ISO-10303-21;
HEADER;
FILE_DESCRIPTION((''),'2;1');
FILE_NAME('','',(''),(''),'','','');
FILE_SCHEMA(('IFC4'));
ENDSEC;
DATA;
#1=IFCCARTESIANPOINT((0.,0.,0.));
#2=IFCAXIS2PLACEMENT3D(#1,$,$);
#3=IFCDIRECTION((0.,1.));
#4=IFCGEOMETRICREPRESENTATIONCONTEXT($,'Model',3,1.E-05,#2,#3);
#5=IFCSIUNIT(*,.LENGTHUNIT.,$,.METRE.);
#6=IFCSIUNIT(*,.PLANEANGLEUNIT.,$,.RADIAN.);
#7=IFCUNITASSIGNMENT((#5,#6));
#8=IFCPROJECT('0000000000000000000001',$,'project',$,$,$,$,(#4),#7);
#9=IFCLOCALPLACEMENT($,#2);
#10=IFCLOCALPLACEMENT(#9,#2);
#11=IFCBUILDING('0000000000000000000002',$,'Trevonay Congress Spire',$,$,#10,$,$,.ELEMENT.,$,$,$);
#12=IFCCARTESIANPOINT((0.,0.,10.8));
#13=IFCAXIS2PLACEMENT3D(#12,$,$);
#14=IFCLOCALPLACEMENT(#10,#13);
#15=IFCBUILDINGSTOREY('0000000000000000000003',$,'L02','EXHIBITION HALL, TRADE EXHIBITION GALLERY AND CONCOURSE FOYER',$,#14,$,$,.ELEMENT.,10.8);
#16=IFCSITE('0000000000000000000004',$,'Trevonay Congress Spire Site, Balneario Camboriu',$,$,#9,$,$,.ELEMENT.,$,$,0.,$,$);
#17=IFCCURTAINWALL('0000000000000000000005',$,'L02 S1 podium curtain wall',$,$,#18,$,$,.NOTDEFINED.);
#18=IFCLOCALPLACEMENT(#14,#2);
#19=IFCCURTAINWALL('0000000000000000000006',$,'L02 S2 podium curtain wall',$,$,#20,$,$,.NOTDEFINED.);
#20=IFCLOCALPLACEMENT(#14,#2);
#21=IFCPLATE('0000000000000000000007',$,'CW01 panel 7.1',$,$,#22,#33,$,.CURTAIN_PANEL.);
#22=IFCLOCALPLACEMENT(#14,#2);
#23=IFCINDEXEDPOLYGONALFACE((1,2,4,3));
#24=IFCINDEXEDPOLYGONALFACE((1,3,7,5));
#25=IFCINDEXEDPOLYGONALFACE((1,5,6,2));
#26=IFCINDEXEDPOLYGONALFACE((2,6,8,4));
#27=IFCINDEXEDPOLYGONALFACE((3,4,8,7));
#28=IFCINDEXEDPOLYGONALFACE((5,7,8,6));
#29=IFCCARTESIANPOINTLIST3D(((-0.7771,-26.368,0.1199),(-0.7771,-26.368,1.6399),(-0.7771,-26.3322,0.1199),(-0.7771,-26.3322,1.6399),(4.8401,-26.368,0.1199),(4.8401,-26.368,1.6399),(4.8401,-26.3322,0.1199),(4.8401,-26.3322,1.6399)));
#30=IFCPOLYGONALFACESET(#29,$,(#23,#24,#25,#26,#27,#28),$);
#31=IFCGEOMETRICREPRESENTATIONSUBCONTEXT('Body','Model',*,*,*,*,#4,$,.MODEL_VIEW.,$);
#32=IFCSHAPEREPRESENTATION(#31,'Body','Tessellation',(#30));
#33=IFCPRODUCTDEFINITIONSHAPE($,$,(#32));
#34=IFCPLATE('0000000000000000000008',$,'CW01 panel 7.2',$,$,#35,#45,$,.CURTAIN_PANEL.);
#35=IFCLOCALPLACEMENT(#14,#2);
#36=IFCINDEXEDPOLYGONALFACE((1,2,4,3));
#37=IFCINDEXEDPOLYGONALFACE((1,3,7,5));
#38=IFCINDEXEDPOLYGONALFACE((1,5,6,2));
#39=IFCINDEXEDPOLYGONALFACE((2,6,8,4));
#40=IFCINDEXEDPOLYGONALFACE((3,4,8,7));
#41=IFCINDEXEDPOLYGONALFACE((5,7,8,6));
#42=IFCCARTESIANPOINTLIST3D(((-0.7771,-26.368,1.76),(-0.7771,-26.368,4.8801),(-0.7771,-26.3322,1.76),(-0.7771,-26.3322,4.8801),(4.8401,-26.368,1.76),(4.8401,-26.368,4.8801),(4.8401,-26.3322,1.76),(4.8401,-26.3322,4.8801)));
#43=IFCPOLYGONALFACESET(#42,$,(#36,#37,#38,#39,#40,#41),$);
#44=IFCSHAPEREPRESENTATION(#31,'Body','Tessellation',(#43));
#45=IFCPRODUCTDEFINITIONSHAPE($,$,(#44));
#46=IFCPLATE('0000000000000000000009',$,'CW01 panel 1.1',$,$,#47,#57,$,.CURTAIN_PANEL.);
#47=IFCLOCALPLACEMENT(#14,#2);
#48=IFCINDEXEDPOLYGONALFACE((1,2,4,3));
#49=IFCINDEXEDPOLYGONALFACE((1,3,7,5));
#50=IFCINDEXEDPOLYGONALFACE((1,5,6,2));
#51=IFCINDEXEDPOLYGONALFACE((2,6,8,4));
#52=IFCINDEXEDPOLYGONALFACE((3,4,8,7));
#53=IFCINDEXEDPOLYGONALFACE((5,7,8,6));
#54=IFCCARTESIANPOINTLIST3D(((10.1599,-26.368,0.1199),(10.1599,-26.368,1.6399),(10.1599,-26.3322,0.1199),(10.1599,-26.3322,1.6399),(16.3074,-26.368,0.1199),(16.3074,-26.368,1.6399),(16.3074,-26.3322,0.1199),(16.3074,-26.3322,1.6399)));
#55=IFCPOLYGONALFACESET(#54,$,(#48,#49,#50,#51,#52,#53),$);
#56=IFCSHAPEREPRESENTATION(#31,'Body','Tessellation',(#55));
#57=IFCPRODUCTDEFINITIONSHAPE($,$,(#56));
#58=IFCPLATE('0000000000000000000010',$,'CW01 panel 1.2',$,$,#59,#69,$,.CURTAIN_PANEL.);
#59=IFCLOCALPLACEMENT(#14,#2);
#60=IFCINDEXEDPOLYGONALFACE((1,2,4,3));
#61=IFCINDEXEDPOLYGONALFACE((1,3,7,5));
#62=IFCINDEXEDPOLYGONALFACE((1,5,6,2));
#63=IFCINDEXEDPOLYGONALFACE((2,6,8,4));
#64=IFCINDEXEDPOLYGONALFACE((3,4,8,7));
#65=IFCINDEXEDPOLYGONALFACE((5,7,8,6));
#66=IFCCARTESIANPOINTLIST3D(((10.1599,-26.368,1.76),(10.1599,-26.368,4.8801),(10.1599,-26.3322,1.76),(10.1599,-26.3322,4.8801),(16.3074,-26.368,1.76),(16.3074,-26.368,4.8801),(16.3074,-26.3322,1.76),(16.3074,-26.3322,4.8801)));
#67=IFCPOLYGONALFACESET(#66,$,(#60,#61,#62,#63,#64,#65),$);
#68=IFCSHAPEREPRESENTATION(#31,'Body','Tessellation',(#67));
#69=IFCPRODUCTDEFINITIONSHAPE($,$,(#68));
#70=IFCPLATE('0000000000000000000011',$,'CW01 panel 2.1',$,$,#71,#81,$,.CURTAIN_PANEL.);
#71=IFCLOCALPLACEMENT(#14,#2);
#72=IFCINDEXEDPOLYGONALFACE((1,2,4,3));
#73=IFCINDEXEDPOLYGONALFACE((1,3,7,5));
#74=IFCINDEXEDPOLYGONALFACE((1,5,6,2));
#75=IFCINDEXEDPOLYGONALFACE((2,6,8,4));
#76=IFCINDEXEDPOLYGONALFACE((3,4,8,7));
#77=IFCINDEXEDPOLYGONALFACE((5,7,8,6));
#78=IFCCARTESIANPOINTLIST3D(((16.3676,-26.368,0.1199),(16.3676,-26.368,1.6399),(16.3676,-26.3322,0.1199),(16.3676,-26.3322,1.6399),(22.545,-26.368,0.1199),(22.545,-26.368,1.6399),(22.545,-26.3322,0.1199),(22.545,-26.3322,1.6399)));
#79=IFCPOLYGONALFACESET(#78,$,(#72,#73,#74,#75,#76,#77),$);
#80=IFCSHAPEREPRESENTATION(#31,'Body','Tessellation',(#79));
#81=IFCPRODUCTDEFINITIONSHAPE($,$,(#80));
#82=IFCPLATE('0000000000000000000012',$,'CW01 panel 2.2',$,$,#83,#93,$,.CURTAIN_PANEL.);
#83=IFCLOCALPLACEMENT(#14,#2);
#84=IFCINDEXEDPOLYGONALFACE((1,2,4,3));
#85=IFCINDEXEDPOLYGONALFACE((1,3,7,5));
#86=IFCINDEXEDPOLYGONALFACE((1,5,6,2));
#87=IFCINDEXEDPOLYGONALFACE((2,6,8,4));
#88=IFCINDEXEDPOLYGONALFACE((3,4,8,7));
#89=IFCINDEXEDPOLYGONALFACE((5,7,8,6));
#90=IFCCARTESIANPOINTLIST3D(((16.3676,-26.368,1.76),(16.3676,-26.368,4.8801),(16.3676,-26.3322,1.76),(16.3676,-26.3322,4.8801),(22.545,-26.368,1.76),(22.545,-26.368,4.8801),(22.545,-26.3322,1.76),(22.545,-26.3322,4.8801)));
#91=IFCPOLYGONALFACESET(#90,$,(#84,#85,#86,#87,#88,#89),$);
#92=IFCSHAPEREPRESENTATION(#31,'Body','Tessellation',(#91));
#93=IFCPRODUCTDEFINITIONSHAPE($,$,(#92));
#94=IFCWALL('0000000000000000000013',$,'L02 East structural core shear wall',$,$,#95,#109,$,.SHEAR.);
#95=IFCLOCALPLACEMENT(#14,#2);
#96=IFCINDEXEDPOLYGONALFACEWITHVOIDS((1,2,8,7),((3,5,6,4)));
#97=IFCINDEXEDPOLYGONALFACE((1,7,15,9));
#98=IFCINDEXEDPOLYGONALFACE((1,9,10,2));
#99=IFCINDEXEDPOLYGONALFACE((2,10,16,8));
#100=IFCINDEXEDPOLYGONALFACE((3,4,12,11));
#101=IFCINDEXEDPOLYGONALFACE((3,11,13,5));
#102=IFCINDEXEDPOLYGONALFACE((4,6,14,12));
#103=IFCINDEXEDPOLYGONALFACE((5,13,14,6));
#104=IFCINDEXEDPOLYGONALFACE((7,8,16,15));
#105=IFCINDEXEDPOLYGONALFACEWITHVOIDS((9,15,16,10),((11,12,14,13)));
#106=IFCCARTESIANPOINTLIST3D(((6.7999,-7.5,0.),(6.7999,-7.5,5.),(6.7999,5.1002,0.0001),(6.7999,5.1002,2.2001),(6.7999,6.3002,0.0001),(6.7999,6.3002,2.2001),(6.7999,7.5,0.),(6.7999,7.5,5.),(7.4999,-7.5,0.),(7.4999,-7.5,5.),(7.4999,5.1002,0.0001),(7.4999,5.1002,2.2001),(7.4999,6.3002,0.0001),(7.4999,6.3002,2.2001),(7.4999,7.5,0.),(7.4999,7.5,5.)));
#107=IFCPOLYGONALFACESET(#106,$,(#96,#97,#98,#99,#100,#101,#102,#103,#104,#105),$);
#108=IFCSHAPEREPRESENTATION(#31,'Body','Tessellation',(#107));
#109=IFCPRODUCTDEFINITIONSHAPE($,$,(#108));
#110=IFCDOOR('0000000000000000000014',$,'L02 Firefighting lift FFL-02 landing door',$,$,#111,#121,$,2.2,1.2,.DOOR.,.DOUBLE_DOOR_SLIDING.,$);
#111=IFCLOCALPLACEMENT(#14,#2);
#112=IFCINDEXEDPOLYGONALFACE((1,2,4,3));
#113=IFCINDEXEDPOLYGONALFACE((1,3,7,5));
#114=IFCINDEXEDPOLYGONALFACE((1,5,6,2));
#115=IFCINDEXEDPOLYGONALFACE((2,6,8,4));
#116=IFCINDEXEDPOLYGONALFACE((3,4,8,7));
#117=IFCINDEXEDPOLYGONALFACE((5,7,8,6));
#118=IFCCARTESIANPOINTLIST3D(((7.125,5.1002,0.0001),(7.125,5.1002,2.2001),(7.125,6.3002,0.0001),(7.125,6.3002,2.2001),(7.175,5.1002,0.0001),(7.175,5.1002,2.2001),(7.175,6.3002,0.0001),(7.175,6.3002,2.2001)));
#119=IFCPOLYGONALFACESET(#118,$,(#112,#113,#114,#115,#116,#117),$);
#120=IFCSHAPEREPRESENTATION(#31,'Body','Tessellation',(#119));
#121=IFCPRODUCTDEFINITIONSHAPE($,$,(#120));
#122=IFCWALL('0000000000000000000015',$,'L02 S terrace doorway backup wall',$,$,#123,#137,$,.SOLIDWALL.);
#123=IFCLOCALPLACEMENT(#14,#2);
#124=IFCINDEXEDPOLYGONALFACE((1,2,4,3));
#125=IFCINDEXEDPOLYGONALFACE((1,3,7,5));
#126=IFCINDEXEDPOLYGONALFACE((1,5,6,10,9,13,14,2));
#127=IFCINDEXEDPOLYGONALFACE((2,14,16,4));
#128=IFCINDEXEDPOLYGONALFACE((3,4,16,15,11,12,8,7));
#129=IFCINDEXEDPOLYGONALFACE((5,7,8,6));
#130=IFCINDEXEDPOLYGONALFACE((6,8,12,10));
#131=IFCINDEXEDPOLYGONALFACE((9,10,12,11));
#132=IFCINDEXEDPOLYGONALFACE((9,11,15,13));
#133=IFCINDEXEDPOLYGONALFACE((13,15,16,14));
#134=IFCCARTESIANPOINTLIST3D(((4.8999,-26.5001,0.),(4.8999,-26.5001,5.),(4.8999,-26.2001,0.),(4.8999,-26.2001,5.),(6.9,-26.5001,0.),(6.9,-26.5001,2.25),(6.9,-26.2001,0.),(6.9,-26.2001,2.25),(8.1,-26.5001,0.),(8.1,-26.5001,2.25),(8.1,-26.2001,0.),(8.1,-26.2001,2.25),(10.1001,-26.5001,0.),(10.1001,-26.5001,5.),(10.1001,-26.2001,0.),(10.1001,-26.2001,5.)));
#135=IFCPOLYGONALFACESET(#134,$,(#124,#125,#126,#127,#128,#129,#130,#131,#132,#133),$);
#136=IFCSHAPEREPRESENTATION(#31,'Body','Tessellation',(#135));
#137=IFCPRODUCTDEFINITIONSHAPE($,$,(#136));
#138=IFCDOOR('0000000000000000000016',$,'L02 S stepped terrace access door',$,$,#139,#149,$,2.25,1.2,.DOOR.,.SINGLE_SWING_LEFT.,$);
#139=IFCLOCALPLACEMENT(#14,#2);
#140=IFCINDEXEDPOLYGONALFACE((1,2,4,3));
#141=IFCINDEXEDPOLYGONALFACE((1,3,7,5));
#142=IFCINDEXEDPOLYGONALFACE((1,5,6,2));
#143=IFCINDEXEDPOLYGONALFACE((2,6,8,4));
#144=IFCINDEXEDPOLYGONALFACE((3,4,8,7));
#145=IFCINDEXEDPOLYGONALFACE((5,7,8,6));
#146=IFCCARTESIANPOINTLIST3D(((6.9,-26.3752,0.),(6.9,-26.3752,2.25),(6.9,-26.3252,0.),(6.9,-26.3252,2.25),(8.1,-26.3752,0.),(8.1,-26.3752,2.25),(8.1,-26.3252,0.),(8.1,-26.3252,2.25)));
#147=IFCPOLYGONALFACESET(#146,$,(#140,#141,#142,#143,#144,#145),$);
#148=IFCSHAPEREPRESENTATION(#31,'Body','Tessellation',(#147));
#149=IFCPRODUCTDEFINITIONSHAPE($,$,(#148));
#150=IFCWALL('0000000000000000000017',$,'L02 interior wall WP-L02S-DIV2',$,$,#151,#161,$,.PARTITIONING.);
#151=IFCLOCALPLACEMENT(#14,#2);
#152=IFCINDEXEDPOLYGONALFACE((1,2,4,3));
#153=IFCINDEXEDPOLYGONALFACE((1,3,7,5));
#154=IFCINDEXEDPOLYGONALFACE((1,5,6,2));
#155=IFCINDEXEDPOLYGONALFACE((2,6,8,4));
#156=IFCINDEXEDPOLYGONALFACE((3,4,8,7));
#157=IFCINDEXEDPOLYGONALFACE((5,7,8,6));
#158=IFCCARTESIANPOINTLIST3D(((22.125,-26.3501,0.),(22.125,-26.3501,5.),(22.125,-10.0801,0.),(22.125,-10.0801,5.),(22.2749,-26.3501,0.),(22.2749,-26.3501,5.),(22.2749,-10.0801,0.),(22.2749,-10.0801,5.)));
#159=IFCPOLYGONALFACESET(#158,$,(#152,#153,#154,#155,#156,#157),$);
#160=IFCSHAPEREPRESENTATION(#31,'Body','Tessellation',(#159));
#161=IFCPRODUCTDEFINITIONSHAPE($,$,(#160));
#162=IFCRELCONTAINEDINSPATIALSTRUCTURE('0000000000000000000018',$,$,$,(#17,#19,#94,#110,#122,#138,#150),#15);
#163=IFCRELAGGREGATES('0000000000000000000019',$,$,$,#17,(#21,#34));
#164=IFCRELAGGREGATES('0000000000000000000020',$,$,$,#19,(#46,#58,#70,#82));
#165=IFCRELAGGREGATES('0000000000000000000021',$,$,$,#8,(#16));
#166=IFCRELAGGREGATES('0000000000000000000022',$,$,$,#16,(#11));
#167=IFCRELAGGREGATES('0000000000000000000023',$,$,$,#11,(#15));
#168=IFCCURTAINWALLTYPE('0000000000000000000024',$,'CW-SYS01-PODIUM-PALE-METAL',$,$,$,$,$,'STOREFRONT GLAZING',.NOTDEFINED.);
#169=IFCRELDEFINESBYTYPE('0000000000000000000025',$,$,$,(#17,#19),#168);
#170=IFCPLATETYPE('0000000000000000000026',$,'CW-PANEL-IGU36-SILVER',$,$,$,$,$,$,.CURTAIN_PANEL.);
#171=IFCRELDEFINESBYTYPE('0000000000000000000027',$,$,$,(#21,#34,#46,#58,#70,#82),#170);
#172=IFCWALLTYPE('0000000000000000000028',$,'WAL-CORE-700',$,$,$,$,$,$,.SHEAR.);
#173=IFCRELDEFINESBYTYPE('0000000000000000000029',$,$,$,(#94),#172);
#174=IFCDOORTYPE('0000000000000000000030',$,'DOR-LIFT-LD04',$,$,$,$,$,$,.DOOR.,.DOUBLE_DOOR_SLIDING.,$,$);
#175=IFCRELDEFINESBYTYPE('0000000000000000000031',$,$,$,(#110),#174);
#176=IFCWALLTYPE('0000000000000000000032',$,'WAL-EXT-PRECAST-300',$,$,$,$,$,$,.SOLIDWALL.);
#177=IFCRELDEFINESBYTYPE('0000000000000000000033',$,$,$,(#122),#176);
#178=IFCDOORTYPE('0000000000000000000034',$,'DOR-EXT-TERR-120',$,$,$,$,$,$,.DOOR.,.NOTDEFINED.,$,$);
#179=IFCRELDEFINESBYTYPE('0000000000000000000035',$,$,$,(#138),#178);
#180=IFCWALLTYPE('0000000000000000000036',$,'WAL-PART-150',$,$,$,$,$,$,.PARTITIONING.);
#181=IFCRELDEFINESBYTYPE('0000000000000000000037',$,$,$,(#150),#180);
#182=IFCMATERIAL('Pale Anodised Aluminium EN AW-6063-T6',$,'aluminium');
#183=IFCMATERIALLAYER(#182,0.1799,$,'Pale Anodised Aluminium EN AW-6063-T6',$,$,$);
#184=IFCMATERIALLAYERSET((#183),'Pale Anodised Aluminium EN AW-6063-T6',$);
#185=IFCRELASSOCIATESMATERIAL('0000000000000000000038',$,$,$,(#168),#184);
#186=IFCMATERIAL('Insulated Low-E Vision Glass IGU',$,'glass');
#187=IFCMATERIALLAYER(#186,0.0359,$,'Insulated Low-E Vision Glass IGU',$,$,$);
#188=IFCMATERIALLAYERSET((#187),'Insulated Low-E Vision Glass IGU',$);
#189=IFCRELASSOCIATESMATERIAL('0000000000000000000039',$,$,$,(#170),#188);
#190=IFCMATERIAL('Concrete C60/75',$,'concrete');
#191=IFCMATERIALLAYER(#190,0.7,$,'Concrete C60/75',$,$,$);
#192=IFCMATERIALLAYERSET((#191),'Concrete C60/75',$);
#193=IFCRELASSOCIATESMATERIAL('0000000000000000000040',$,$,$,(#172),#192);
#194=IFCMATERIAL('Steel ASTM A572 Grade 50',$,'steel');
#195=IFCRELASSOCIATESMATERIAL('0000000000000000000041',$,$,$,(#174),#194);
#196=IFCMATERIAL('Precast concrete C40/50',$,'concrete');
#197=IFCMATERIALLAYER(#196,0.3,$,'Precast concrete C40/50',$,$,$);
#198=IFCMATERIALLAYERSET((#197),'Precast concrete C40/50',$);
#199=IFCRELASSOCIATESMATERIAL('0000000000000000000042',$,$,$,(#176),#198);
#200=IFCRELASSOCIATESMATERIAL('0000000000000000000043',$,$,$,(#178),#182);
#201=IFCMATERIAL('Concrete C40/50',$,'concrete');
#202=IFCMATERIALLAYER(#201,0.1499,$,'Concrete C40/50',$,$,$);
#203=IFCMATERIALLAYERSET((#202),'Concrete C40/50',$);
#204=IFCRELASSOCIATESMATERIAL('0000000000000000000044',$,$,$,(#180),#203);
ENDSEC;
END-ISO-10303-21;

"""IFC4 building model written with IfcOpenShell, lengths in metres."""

from ifc_helpers import new_model, si_unit, direction, frame, frame_2d, origin, origin_2d, place, context, subcontext, project, spatial, rectangle, extrude, material, layer, layer_set, type_object, element, fill, aggregate, save


model = new_model("IFC4")

# Units and contexts
model_context = context("Model", 3, precision=1e-05, world=origin(), true_north=direction((0.0, 1.0)))
body_context = subcontext(model_context, "Body", "Model", "MODEL_VIEW")
ifc_project = project(units=[si_unit("LENGTHUNIT", "METRE"), si_unit("PLANEANGLEUNIT", "RADIAN")], contexts=[model_context])

# Site, building, storey
site_placement = place(None, origin())
site = spatial("IfcSite", under=ifc_project, at=site_placement, Name="Trevonay Congress Spire Site, Balneario Camboriu", CompositionType="ELEMENT", RefElevation=0.0)
building_placement = place(site_placement, origin())
building = spatial("IfcBuilding", under=site, at=building_placement, Name="Trevonay Congress Spire", CompositionType="ELEMENT")
storey_placement = place(building_placement, frame((0.0, 0.0, 10.8)))
storey = spatial("IfcBuildingStorey", under=building, at=storey_placement, Name="L02", Description="EXHIBITION HALL, TRADE EXHIBITION GALLERY AND CONCOURSE FOYER", CompositionType="ELEMENT", Elevation=10.8)

# Shared definitions
ifc_material_1 = material(Name="Steel ASTM A572 Grade 50", Category="steel")
ifc_material_2 = material(Name="Concrete C60/75", Category="concrete")

# Curtain wall
ifc_material_3 = material(Name="Pale Anodised Aluminium EN AW-6063-T6", Category="aluminium")
ifc_layer_1 = layer(ifc_material_3, 0.1799, Name="Pale Anodised Aluminium EN AW-6063-T6")
ifc_layer_set_1 = layer_set([ifc_layer_1], Name="Pale Anodised Aluminium EN AW-6063-T6")
curtain_wall_type = type_object("IfcCurtainWallType", Name="CW-SYS01-PODIUM-PALE-METAL", ElementType="STOREFRONT GLAZING", PredefinedType="NOTDEFINED", material=ifc_layer_set_1)
curtain_wall_1_placement = place(storey_placement, origin())
curtain_wall_1 = element("IfcCurtainWall", 1, at=curtain_wall_1_placement, inside=storey, type_object=curtain_wall_type, Name="L02 S1 podium curtain wall", PredefinedType="NOTDEFINED")

# Curtain wall
curtain_wall_2_placement = place(storey_placement, origin())
curtain_wall_2 = element("IfcCurtainWall", 2, at=curtain_wall_2_placement, inside=storey, type_object=curtain_wall_type, Name="L02 S2 podium curtain wall", PredefinedType="NOTDEFINED")

# Plates
ifc_material_4 = material(Name="Insulated Low-E Vision Glass IGU", Category="glass")
ifc_layer_2 = layer(ifc_material_4, 0.0359, Name="Insulated Low-E Vision Glass IGU")
ifc_layer_set_2 = layer_set([ifc_layer_2], Name="Insulated Low-E Vision Glass IGU")
plate_type = type_object("IfcPlateType", Name="CW-PANEL-IGU36-SILVER", PredefinedType="CURTAIN_PANEL", material=ifc_layer_set_2)
plate_1_placement = place(storey_placement, frame((2.0315, -26.3501, 0.1199), z_axis=(0.0, 0.0, 1.0), x_axis=(1.0, 0.0, 0.0)))
plate_1 = element("IfcPlate", 3, at=plate_1_placement, type_object=plate_type, Name="CW01 panel 7.1", PredefinedType="CURTAIN_PANEL", context=body_context, shape_type="SweptSolid", body=[
    extrude(rectangle(XDim=5.6172, YDim=0.0359, at=origin_2d()), origin(), (0.0, 0.0, 1.0), 1.52),
])
plate_2_placement = place(storey_placement, frame((2.0315, -26.3501, 1.76), z_axis=(0.0, 0.0, 1.0), x_axis=(1.0, 0.0, 0.0)))
plate_2 = element("IfcPlate", 4, at=plate_2_placement, type_object=plate_type, Name="CW01 panel 7.2", PredefinedType="CURTAIN_PANEL", context=body_context, shape_type="SweptSolid", body=[
    extrude(rectangle(XDim=5.6172, YDim=0.0359, at=origin_2d()), origin(), (0.0, 0.0, 1.0), 3.1201),
])
aggregate(curtain_wall_1, [plate_1, plate_2])
plate_3_placement = place(storey_placement, frame((13.2336, -26.3501, 0.1199), z_axis=(0.0, 0.0, 1.0), x_axis=(1.0, 0.0, 0.0)))
plate_3 = element("IfcPlate", 5, at=plate_3_placement, type_object=plate_type, Name="CW01 panel 1.1", PredefinedType="CURTAIN_PANEL", context=body_context, shape_type="SweptSolid", body=[
    extrude(rectangle(XDim=6.1475, YDim=0.0359, at=origin_2d()), origin(), (0.0, 0.0, 1.0), 1.52),
])
plate_4_placement = place(storey_placement, frame((13.2336, -26.3501, 1.76), z_axis=(0.0, 0.0, 1.0), x_axis=(1.0, 0.0, 0.0)))
plate_4 = element("IfcPlate", 6, at=plate_4_placement, type_object=plate_type, Name="CW01 panel 1.2", PredefinedType="CURTAIN_PANEL", context=body_context, shape_type="SweptSolid", body=[
    extrude(rectangle(XDim=6.1475, YDim=0.0359, at=origin_2d()), origin(), (0.0, 0.0, 1.0), 3.1201),
])
plate_5_placement = place(storey_placement, frame((19.4563, -26.3501, 0.1199), z_axis=(0.0, 0.0, 1.0), x_axis=(1.0, 0.0, 0.0)))
plate_5 = element("IfcPlate", 7, at=plate_5_placement, type_object=plate_type, Name="CW01 panel 2.1", PredefinedType="CURTAIN_PANEL", context=body_context, shape_type="SweptSolid", body=[
    extrude(rectangle(XDim=6.1775, YDim=0.0359, at=origin_2d()), origin(), (0.0, 0.0, 1.0), 1.52),
])
plate_6_placement = place(storey_placement, frame((19.4563, -26.3501, 1.76), z_axis=(0.0, 0.0, 1.0), x_axis=(1.0, 0.0, 0.0)))
plate_6 = element("IfcPlate", 8, at=plate_6_placement, type_object=plate_type, Name="CW01 panel 2.2", PredefinedType="CURTAIN_PANEL", context=body_context, shape_type="SweptSolid", body=[
    extrude(rectangle(XDim=6.1775, YDim=0.0359, at=origin_2d()), origin(), (0.0, 0.0, 1.0), 3.1201),
])
aggregate(curtain_wall_2, [plate_3, plate_4, plate_5, plate_6])

# Walls, openings, doors
ifc_layer_3 = layer(ifc_material_2, 0.7, Name="Concrete C60/75")
ifc_layer_set_3 = layer_set([ifc_layer_3], Name="Concrete C60/75")
wall_type_1 = type_object("IfcWallType", Name="WAL-CORE-700", PredefinedType="SHEAR", material=ifc_layer_set_3)
wall_1_placement = place(storey_placement, frame((7.1499, -7.5, 0.0), z_axis=(0.0, 0.0, 1.0), x_axis=(0.0, 1.0, 0.0)))
wall_1 = element("IfcWall", 9, at=wall_1_placement, inside=storey, type_object=wall_type_1, Name="L02 East structural core shear wall", PredefinedType="SHEAR", context=body_context, shape_type="SweptSolid", body=[
    extrude(rectangle(XDim=15.0, YDim=0.7, at=frame_2d((7.5, 0.0))), origin(), (0.0, 0.0, 1.0), 5.0),
])
opening_1_placement = place(wall_1_placement, frame((12.6001, 0.0, 0.0)))
opening_1 = element("IfcOpeningElement", 10, at=opening_1_placement, cuts=wall_1, PredefinedType="OPENING", context=body_context, shape_type="SweptSolid", body=[
    extrude(rectangle(XDim=1.2, YDim=2.2, at=frame_2d((0.6001, 1.1001))), frame((0.0, 0.3599, 0.0), z_axis=(0.0, -1.0, 0.0), x_axis=(1.0, 0.0, 0.0)), (0.0, 0.0, 1.0), 0.72),
])
door_type_1 = type_object("IfcDoorType", Name="DOR-LIFT-LD04", OperationType="DOUBLE_DOOR_SLIDING", PredefinedType="DOOR", material=ifc_material_1)
door_1_placement = place(opening_1_placement, origin())
door_1 = element("IfcDoor", 11, at=door_1_placement, inside=storey, type_object=door_type_1, Name="L02 Firefighting lift FFL-02 landing door", OperationType="DOUBLE_DOOR_SLIDING", OverallHeight=2.2, OverallWidth=1.2, PredefinedType="DOOR", context=body_context, shape_type="SweptSolid", body=[
    extrude(rectangle(XDim=1.2, YDim=2.2, at=frame_2d((0.6001, 1.1001))), frame((0.0, 0.0249, 0.0), z_axis=(0.0, -1.0, 0.0), x_axis=(1.0, 0.0, 0.0)), (0.0, 0.0, 1.0), 0.05),
])
fill(opening_1, door_1)
ifc_material_5 = material(Name="Precast concrete C40/50", Category="concrete")
ifc_layer_4 = layer(ifc_material_5, 0.3, Name="Precast concrete C40/50")
ifc_layer_set_4 = layer_set([ifc_layer_4], Name="Precast concrete C40/50")
wall_type_2 = type_object("IfcWallType", Name="WAL-EXT-PRECAST-300", PredefinedType="SOLIDWALL", material=ifc_layer_set_4)
wall_2_placement = place(storey_placement, frame((4.8999, -26.3501, 0.0), z_axis=(0.0, 0.0, 1.0), x_axis=(1.0, 0.0, 0.0)))
wall_2 = element("IfcWall", 12, at=wall_2_placement, inside=storey, type_object=wall_type_2, Name="L02 S terrace doorway backup wall", PredefinedType="SOLIDWALL", context=body_context, shape_type="SweptSolid", body=[
    extrude(rectangle(XDim=5.2002, YDim=0.3, at=frame_2d((2.6001, 0.0))), origin(), (0.0, 0.0, 1.0), 5.0),
])
opening_2_placement = place(wall_2_placement, frame((2.0, 0.0, 0.0)))
opening_2 = element("IfcOpeningElement", 13, at=opening_2_placement, cuts=wall_2, PredefinedType="OPENING", context=body_context, shape_type="SweptSolid", body=[
    extrude(rectangle(XDim=1.2, YDim=2.25, at=frame_2d((0.6001, 1.125))), frame((0.0, 0.1602, 0.0), z_axis=(0.0, -1.0, 0.0), x_axis=(1.0, 0.0, 0.0)), (0.0, 0.0, 1.0), 0.3201),
])
door_type_2 = type_object("IfcDoorType", Name="DOR-EXT-TERR-120", OperationType="NOTDEFINED", PredefinedType="DOOR", material=ifc_material_3)
door_2_placement = place(opening_2_placement, origin())
door_2 = element("IfcDoor", 14, at=door_2_placement, inside=storey, type_object=door_type_2, Name="L02 S stepped terrace access door", OperationType="SINGLE_SWING_LEFT", OverallHeight=2.25, OverallWidth=1.2, PredefinedType="DOOR", context=body_context, shape_type="SweptSolid", body=[
    extrude(rectangle(XDim=1.2, YDim=2.25, at=frame_2d((0.6001, 1.125))), frame((0.0, 0.0249, 0.0), z_axis=(0.0, -1.0, 0.0), x_axis=(1.0, 0.0, 0.0)), (0.0, 0.0, 1.0), 0.05),
])
fill(opening_2, door_2)

# Wall
ifc_material_6 = material(Name="Concrete C40/50", Category="concrete")
ifc_layer_5 = layer(ifc_material_6, 0.1499, Name="Concrete C40/50")
ifc_layer_set_5 = layer_set([ifc_layer_5], Name="Concrete C40/50")
wall_type_3 = type_object("IfcWallType", Name="WAL-PART-150", PredefinedType="PARTITIONING", material=ifc_layer_set_5)
wall_3_placement = place(storey_placement, frame((22.2, -26.3501, 0.0), z_axis=(0.0, 0.0, 1.0), x_axis=(0.0, 1.0, 0.0)))
element("IfcWall", 15, at=wall_3_placement, inside=storey, type_object=wall_type_3, Name="L02 interior wall WP-L02S-DIV2", PredefinedType="PARTITIONING", context=body_context, shape_type="SweptSolid", body=[
    extrude(rectangle(XDim=16.27, YDim=0.1499, at=frame_2d((8.135, 0.0))), origin(), (0.0, 0.0, 1.0), 5.0),
])

save(model, "model.ifc")
